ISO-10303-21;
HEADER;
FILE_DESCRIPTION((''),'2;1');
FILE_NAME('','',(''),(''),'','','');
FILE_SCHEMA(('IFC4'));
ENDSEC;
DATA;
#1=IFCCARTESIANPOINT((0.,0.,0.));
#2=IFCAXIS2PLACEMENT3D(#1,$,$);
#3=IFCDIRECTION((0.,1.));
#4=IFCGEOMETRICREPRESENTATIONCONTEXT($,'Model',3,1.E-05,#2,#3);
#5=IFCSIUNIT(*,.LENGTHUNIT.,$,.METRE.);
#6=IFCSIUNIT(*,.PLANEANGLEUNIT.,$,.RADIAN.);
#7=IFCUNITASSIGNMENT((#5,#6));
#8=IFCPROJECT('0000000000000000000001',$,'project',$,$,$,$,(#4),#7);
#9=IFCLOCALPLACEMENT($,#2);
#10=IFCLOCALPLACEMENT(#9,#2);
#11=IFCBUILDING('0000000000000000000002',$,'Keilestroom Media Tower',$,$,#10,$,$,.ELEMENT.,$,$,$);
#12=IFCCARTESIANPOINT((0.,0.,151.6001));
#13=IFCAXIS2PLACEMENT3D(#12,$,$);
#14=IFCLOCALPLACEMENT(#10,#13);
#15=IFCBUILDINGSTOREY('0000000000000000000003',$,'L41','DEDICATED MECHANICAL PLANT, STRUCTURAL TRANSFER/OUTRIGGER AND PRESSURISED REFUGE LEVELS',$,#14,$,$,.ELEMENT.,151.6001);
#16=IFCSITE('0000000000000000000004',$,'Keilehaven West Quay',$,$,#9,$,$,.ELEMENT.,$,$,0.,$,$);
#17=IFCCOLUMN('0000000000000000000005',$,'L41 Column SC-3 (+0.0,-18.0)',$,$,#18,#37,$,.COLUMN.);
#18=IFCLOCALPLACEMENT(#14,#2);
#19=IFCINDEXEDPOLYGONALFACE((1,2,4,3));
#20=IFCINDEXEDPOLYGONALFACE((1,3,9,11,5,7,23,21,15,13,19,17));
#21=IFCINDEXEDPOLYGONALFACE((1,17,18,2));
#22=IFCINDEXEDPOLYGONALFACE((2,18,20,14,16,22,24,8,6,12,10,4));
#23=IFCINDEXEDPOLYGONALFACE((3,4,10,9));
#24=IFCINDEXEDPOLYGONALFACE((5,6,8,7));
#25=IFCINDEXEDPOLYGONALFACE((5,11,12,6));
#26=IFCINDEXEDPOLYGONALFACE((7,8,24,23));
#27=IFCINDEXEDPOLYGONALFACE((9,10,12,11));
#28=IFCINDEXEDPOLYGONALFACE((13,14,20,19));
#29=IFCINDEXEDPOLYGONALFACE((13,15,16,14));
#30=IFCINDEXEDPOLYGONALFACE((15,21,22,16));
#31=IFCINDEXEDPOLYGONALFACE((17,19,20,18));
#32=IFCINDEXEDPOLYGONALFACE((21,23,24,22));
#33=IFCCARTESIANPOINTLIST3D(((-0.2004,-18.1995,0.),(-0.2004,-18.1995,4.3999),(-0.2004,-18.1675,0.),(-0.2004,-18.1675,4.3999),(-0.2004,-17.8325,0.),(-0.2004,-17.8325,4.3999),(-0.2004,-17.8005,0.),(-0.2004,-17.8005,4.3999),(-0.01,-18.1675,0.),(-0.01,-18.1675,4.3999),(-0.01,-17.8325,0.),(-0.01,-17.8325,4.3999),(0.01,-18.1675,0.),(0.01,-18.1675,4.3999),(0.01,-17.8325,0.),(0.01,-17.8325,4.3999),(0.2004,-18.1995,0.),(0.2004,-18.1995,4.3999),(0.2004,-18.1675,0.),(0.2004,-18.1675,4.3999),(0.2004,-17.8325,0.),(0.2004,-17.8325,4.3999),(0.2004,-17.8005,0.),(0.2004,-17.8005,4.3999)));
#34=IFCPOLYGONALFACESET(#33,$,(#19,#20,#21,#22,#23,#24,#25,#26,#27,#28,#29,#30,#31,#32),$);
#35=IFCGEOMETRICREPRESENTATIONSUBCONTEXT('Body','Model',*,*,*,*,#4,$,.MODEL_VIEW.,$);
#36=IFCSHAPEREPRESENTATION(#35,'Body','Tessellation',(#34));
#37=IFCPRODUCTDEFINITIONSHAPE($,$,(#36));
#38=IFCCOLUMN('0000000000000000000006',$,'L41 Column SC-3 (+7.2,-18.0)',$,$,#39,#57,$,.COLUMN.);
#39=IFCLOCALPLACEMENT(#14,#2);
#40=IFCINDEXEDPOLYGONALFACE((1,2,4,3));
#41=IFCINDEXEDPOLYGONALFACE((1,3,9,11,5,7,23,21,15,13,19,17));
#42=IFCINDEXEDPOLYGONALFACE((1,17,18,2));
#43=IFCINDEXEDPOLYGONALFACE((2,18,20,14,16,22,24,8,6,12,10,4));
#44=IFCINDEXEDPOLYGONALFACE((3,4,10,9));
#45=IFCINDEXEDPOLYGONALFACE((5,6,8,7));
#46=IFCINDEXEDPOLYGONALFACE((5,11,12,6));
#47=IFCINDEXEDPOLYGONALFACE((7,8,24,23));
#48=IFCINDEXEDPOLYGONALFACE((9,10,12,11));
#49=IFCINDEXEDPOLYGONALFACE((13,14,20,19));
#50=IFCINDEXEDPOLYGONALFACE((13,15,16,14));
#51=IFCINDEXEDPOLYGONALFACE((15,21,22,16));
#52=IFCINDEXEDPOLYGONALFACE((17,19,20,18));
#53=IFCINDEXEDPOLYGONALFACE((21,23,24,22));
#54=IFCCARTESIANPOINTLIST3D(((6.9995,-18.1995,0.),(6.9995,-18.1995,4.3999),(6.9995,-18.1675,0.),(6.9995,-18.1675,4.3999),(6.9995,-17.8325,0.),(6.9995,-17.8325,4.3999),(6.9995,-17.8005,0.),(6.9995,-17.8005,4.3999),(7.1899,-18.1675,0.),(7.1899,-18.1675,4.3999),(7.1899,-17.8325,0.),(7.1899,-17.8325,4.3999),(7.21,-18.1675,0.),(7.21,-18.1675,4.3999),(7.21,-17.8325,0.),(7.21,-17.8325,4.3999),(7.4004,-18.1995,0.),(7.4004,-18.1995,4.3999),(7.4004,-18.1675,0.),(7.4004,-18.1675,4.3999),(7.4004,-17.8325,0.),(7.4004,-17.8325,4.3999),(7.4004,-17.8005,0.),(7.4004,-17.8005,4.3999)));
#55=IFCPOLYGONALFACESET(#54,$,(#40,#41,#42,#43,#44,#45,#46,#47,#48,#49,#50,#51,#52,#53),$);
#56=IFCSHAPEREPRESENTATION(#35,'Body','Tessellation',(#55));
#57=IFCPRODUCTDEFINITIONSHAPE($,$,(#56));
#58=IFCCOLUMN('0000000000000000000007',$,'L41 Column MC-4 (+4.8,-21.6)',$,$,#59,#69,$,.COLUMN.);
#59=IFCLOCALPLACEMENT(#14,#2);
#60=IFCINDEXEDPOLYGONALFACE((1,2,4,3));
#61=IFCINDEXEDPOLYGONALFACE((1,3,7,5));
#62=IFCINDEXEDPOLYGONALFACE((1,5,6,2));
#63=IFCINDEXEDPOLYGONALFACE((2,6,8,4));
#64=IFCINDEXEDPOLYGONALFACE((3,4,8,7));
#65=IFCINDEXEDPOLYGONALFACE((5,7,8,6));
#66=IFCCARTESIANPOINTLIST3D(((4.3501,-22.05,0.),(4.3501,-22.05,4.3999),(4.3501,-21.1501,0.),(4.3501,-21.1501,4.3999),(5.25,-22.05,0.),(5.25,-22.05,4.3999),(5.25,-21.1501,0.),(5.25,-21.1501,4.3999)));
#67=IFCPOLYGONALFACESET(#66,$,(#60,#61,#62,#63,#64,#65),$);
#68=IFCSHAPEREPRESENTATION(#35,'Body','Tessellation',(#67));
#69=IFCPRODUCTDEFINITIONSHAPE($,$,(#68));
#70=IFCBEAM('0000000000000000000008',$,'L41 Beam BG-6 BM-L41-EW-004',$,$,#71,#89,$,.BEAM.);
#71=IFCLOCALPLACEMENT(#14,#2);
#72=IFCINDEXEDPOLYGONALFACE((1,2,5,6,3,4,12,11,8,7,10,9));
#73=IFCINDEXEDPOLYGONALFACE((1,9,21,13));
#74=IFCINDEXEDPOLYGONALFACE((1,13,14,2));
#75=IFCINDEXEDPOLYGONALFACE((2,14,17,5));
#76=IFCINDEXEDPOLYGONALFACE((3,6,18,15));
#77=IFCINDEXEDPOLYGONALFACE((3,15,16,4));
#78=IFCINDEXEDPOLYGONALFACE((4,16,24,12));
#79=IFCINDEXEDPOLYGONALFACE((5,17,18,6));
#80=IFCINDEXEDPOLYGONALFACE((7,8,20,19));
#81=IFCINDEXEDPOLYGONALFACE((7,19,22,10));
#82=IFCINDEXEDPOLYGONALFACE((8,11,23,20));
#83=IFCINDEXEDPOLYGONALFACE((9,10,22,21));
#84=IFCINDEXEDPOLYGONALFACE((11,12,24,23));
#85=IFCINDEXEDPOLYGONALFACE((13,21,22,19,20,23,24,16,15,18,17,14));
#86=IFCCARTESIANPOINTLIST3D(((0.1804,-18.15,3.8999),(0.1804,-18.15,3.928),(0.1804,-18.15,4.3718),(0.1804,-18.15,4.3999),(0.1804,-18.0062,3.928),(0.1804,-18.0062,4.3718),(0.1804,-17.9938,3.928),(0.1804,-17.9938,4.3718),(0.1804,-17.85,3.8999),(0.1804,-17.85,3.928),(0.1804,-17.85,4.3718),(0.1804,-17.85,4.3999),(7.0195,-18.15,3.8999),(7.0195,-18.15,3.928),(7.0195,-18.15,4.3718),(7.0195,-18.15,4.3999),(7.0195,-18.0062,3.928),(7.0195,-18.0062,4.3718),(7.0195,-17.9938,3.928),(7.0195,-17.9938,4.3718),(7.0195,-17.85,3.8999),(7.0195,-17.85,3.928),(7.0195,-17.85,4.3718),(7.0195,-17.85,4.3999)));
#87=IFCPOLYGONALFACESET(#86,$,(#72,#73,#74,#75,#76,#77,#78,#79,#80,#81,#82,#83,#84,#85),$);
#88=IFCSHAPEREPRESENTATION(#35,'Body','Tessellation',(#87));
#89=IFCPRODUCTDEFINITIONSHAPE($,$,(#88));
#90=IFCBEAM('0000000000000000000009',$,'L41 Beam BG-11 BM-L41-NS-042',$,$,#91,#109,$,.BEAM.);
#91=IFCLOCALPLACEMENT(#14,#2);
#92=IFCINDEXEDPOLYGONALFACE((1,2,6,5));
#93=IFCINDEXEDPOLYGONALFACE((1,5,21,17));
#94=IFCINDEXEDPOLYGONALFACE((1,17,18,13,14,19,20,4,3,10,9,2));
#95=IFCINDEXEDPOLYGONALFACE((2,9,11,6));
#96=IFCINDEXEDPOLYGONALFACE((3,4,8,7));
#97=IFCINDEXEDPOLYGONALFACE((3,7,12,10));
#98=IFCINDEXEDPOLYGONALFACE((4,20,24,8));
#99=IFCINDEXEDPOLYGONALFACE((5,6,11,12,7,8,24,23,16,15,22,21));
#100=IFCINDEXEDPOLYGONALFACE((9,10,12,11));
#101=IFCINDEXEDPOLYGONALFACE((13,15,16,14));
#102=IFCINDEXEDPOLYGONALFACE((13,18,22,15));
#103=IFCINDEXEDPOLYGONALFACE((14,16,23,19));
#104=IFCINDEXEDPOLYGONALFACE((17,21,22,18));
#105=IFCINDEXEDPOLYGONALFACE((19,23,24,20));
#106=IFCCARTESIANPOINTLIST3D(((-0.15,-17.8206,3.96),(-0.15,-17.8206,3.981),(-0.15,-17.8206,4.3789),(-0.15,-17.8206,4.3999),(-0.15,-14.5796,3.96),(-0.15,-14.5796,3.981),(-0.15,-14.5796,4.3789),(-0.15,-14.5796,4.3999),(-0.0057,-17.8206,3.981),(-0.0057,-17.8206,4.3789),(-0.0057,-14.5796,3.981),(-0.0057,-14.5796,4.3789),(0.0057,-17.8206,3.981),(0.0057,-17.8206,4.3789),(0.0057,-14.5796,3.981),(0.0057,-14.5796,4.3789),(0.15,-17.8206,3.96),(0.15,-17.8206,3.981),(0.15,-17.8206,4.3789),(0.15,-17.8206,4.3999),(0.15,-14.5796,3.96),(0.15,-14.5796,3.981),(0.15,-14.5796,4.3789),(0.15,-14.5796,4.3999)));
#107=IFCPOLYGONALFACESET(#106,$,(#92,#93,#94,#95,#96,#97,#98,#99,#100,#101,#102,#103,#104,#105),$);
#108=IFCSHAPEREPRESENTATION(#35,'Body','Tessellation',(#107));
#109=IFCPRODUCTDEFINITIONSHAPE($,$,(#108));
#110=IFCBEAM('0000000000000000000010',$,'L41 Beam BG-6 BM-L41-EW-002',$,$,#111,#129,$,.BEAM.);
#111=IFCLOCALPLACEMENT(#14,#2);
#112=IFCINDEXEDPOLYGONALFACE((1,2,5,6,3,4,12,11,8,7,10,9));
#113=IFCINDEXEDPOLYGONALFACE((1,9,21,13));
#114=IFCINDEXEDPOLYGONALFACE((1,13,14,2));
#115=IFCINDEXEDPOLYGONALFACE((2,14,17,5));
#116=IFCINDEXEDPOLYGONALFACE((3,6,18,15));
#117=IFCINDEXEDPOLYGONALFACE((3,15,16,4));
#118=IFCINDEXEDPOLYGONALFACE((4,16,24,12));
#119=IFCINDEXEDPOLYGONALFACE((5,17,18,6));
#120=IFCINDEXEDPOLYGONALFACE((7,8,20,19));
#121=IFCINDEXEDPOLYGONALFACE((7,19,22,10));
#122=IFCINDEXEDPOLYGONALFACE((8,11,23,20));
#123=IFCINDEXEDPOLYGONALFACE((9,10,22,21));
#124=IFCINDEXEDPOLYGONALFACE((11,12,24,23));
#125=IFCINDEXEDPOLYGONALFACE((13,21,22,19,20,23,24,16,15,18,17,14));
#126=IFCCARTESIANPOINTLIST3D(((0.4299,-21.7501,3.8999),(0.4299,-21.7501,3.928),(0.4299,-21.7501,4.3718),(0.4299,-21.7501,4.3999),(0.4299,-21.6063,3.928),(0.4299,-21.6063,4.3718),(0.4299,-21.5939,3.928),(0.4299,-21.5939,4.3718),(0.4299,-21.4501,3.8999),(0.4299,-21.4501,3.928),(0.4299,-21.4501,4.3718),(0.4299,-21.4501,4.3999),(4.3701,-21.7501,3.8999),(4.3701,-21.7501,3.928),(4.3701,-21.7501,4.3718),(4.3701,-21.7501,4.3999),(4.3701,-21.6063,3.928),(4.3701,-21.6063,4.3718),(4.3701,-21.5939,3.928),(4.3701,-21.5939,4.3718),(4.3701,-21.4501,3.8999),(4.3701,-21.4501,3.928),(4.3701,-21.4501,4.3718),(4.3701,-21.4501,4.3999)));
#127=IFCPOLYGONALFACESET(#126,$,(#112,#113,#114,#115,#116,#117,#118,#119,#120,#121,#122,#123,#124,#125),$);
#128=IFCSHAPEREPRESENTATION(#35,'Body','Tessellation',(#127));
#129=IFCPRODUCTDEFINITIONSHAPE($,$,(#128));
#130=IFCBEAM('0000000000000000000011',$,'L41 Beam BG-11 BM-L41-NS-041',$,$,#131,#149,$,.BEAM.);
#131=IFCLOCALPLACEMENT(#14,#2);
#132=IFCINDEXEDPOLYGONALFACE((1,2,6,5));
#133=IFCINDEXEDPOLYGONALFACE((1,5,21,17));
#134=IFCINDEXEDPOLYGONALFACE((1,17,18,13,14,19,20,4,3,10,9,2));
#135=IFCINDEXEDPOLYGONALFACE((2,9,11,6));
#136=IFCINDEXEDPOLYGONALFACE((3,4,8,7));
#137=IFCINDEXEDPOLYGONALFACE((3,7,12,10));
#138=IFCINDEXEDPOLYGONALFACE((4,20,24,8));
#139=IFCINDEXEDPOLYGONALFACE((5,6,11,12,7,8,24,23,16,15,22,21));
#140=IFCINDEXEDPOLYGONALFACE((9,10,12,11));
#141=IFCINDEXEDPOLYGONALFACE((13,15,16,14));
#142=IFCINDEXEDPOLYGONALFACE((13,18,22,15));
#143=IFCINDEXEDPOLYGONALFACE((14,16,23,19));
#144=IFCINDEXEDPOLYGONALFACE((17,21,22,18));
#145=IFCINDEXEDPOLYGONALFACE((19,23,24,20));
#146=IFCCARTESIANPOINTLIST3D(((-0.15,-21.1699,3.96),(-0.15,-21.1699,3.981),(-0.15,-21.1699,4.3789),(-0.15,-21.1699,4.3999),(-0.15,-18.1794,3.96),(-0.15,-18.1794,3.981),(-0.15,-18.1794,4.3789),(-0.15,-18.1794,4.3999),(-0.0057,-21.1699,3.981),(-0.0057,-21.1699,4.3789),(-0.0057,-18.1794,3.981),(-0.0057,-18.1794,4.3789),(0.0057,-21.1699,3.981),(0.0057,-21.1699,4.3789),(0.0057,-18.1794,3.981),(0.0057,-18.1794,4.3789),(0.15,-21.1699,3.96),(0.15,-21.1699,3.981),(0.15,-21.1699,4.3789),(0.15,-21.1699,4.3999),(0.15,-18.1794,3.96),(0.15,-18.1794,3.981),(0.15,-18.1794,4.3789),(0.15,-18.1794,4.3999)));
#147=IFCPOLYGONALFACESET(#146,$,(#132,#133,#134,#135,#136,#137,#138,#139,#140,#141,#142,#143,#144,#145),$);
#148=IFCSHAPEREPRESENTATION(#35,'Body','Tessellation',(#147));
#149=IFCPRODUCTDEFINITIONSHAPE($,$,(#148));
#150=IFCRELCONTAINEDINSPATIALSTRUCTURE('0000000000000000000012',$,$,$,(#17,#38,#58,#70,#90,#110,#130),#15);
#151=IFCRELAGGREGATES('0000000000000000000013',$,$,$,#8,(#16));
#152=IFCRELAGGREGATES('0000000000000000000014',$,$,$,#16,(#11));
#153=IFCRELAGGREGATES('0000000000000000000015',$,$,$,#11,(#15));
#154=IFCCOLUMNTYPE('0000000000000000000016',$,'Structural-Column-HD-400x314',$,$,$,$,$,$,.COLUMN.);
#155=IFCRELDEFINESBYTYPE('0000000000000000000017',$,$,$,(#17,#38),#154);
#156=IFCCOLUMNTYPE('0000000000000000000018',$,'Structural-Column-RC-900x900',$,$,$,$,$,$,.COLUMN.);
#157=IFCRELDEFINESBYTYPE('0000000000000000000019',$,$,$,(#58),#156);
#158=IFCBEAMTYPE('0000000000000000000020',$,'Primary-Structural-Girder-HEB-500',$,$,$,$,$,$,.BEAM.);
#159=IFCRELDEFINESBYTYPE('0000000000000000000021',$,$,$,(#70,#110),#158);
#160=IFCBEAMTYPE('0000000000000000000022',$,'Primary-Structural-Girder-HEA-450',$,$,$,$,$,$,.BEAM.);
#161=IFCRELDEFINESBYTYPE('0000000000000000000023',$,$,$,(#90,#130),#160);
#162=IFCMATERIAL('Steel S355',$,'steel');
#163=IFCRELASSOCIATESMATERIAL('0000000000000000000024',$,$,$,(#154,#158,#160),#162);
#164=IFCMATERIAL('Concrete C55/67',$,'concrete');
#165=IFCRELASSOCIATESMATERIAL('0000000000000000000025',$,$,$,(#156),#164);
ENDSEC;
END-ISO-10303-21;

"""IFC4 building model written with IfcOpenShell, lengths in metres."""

from ifc_helpers import new_model, si_unit, direction, frame, origin, origin_2d, place, context, subcontext, project, spatial, rectangle, i_section, extrude, source, transform, mapped, material, material_profile, profile_set, type_object, element, save


model = new_model("IFC4")

# Units and contexts
model_context = context("Model", 3, precision=1e-05, world=origin(), true_north=direction((0.0, 1.0)))
body_context = subcontext(model_context, "Body", "Model", "MODEL_VIEW")
ifc_project = project(units=[si_unit("LENGTHUNIT", "METRE"), si_unit("PLANEANGLEUNIT", "RADIAN")], contexts=[model_context])

# Site, building, storey
site_placement = place(None, origin())
site = spatial("IfcSite", under=ifc_project, at=site_placement, Name="Keilehaven West Quay", CompositionType="ELEMENT", RefElevation=0.0)
building_placement = place(site_placement, origin())
building = spatial("IfcBuilding", under=site, at=building_placement, Name="Keilestroom Media Tower", CompositionType="ELEMENT")
storey_placement = place(building_placement, frame((0.0, 0.0, 151.6001)))
storey = spatial("IfcBuildingStorey", under=building, at=storey_placement, Name="L41", Description="DEDICATED MECHANICAL PLANT, STRUCTURAL TRANSFER/OUTRIGGER AND PRESSURISED REFUGE LEVELS", CompositionType="ELEMENT", Elevation=151.6001)

# Columns
ifc_material_1 = material(Name="Steel S355", Category="steel")
ifc_material_profile_1 = material_profile(ifc_material_1, i_section(OverallWidth=0.4009, OverallDepth=0.3989, WebThickness=0.02, FlangeThickness=0.032, at=origin_2d()), Name="HD 400x314")
ifc_profile_set_1 = profile_set([ifc_material_profile_1], Name="Steel S355")
column_type_1 = type_object("IfcColumnType", Name="Structural-Column-HD-400x314", PredefinedType="COLUMN", material=ifc_profile_set_1)
shared_shape_1 = source(origin(), body_context, "Body", "SweptSolid", [
    extrude(i_section(OverallWidth=0.4009, OverallDepth=0.3989, WebThickness=0.02, FlangeThickness=0.032, at=origin_2d()), origin(), (0.0, 0.0, 1.0), 4.3999),
])
for number, where, z_axis, x_axis, name in (
    (1, (0.0, -18.0, 0.0), (0.0, 0.0, 1.0), (1.0, 0.0, 0.0), "L41 Column SC-3 (+0.0,-18.0)"),
    (2, (7.2, -18.0, 0.0), (0.0, 0.0, 1.0), (1.0, 0.0, 0.0), "L41 Column SC-3 (+7.2,-18.0)"),
):
    element("IfcColumn", number, at=place(storey_placement, frame(where, z_axis=z_axis, x_axis=x_axis)), inside=storey, type_object=column_type_1, Name=name, PredefinedType="COLUMN", context=body_context, shape_type="MappedRepresentation", body=[
        mapped(shared_shape_1, transform((0.0, 0.0, 0.0), x_axis=(1.0, 0.0, 0.0), y_axis=(0.0, 1.0, 0.0), z_axis=(0.0, 0.0, 1.0), scale=1.0)),
    ])
ifc_material_2 = material(Name="Concrete C55/67", Category="concrete")
ifc_material_profile_2 = material_profile(ifc_material_2, rectangle(XDim=0.8999, YDim=0.8999, at=origin_2d()), Name="RC 900x900")
ifc_profile_set_2 = profile_set([ifc_material_profile_2], Name="Concrete C55/67")
column_type_2 = type_object("IfcColumnType", Name="Structural-Column-RC-900x900", PredefinedType="COLUMN", material=ifc_profile_set_2)
shared_shape_2 = source(origin(), body_context, "Body", "SweptSolid", [
    extrude(rectangle(XDim=0.8999, YDim=0.8999, at=origin_2d()), origin(), (0.0, 0.0, 1.0), 4.3999),
])
column_placement = place(storey_placement, frame((4.8, -21.6001, 0.0), z_axis=(0.0, 0.0, 1.0), x_axis=(1.0, 0.0, 0.0)))
element("IfcColumn", 3, at=column_placement, inside=storey, type_object=column_type_2, Name="L41 Column MC-4 (+4.8,-21.6)", PredefinedType="COLUMN", context=body_context, shape_type="MappedRepresentation", body=[
    mapped(shared_shape_2, transform((0.0, 0.0, 0.0), x_axis=(1.0, 0.0, 0.0), y_axis=(0.0, 1.0, 0.0), z_axis=(0.0, 0.0, 1.0), scale=1.0)),
])

# Beams
ifc_material_profile_3 = material_profile(ifc_material_1, i_section(OverallWidth=0.3, OverallDepth=0.5, WebThickness=0.0125, FlangeThickness=0.0281, at=origin_2d()), Name="HEB 500")
ifc_profile_set_3 = profile_set([ifc_material_profile_3], Name="Steel S355")
beam_type_1 = type_object("IfcBeamType", Name="Primary-Structural-Girder-HEB-500", PredefinedType="BEAM", material=ifc_profile_set_3)
shared_shape_3 = source(origin(), body_context, "Body", "SweptSolid", [
    extrude(i_section(OverallWidth=0.3, OverallDepth=0.5, WebThickness=0.0125, FlangeThickness=0.0281, at=origin_2d()), origin(), (0.0, 0.0, 1.0), 6.8391),
])
beam_1_placement = place(storey_placement, frame((0.1804, -18.0, 4.1499), z_axis=(1.0, 0.0, 0.0), x_axis=(0.0, 1.0, 0.0)))
element("IfcBeam", 4, at=beam_1_placement, inside=storey, type_object=beam_type_1, Name="L41 Beam BG-6 BM-L41-EW-004", PredefinedType="BEAM", context=body_context, shape_type="MappedRepresentation", body=[
    mapped(shared_shape_3, transform((0.0, 0.0, 0.0), x_axis=(1.0, 0.0, 0.0), y_axis=(0.0, 1.0, 0.0), z_axis=(0.0, 0.0, 1.0), scale=1.0)),
])
ifc_material_profile_4 = material_profile(ifc_material_1, i_section(OverallWidth=0.3, OverallDepth=0.4399, WebThickness=0.0115, FlangeThickness=0.021, at=origin_2d()), Name="HEA 450")
ifc_profile_set_4 = profile_set([ifc_material_profile_4], Name="Steel S355")
beam_type_2 = type_object("IfcBeamType", Name="Primary-Structural-Girder-HEA-450", PredefinedType="BEAM", material=ifc_profile_set_4)
shared_shape_4 = source(origin(), body_context, "Body", "SweptSolid", [
    extrude(i_section(OverallWidth=0.3, OverallDepth=0.4399, WebThickness=0.0115, FlangeThickness=0.021, at=origin_2d()), origin(), (0.0, 0.0, 1.0), 3.241),
])
beam_2_placement = place(storey_placement, frame((0.0, -17.8206, 4.1799), z_axis=(0.0, 1.0, 0.0), x_axis=(-1.0, 0.0, 0.0)))
element("IfcBeam", 5, at=beam_2_placement, inside=storey, type_object=beam_type_2, Name="L41 Beam BG-11 BM-L41-NS-042", PredefinedType="BEAM", context=body_context, shape_type="MappedRepresentation", body=[
    mapped(shared_shape_4, transform((0.0, 0.0, 0.0), x_axis=(1.0, 0.0, 0.0), y_axis=(0.0, 1.0, 0.0), z_axis=(0.0, 0.0, 1.0), scale=1.0)),
])
shared_shape_5 = source(origin(), body_context, "Body", "SweptSolid", [
    extrude(i_section(OverallWidth=0.3, OverallDepth=0.5, WebThickness=0.0125, FlangeThickness=0.0281, at=origin_2d()), origin(), (0.0, 0.0, 1.0), 3.9402),
])
beam_3_placement = place(storey_placement, frame((0.4299, -21.6001, 4.1499), z_axis=(1.0, 0.0, 0.0), x_axis=(0.0, 1.0, 0.0)))
element("IfcBeam", 6, at=beam_3_placement, inside=storey, type_object=beam_type_1, Name="L41 Beam BG-6 BM-L41-EW-002", PredefinedType="BEAM", context=body_context, shape_type="MappedRepresentation", body=[
    mapped(shared_shape_5, transform((0.0, 0.0, 0.0), x_axis=(1.0, 0.0, 0.0), y_axis=(0.0, 1.0, 0.0), z_axis=(0.0, 0.0, 1.0), scale=1.0)),
])
shared_shape_6 = source(origin(), body_context, "Body", "SweptSolid", [
    extrude(i_section(OverallWidth=0.3, OverallDepth=0.4399, WebThickness=0.0115, FlangeThickness=0.021, at=origin_2d()), origin(), (0.0, 0.0, 1.0), 2.9905),
])
beam_4_placement = place(storey_placement, frame((0.0, -21.1699, 4.1799), z_axis=(0.0, 1.0, 0.0), x_axis=(-1.0, 0.0, 0.0)))
element("IfcBeam", 7, at=beam_4_placement, inside=storey, type_object=beam_type_2, Name="L41 Beam BG-11 BM-L41-NS-041", PredefinedType="BEAM", context=body_context, shape_type="MappedRepresentation", body=[
    mapped(shared_shape_6, transform((0.0, 0.0, 0.0), x_axis=(1.0, 0.0, 0.0), y_axis=(0.0, 1.0, 0.0), z_axis=(0.0, 0.0, 1.0), scale=1.0)),
])

save(model, "model.ifc")
